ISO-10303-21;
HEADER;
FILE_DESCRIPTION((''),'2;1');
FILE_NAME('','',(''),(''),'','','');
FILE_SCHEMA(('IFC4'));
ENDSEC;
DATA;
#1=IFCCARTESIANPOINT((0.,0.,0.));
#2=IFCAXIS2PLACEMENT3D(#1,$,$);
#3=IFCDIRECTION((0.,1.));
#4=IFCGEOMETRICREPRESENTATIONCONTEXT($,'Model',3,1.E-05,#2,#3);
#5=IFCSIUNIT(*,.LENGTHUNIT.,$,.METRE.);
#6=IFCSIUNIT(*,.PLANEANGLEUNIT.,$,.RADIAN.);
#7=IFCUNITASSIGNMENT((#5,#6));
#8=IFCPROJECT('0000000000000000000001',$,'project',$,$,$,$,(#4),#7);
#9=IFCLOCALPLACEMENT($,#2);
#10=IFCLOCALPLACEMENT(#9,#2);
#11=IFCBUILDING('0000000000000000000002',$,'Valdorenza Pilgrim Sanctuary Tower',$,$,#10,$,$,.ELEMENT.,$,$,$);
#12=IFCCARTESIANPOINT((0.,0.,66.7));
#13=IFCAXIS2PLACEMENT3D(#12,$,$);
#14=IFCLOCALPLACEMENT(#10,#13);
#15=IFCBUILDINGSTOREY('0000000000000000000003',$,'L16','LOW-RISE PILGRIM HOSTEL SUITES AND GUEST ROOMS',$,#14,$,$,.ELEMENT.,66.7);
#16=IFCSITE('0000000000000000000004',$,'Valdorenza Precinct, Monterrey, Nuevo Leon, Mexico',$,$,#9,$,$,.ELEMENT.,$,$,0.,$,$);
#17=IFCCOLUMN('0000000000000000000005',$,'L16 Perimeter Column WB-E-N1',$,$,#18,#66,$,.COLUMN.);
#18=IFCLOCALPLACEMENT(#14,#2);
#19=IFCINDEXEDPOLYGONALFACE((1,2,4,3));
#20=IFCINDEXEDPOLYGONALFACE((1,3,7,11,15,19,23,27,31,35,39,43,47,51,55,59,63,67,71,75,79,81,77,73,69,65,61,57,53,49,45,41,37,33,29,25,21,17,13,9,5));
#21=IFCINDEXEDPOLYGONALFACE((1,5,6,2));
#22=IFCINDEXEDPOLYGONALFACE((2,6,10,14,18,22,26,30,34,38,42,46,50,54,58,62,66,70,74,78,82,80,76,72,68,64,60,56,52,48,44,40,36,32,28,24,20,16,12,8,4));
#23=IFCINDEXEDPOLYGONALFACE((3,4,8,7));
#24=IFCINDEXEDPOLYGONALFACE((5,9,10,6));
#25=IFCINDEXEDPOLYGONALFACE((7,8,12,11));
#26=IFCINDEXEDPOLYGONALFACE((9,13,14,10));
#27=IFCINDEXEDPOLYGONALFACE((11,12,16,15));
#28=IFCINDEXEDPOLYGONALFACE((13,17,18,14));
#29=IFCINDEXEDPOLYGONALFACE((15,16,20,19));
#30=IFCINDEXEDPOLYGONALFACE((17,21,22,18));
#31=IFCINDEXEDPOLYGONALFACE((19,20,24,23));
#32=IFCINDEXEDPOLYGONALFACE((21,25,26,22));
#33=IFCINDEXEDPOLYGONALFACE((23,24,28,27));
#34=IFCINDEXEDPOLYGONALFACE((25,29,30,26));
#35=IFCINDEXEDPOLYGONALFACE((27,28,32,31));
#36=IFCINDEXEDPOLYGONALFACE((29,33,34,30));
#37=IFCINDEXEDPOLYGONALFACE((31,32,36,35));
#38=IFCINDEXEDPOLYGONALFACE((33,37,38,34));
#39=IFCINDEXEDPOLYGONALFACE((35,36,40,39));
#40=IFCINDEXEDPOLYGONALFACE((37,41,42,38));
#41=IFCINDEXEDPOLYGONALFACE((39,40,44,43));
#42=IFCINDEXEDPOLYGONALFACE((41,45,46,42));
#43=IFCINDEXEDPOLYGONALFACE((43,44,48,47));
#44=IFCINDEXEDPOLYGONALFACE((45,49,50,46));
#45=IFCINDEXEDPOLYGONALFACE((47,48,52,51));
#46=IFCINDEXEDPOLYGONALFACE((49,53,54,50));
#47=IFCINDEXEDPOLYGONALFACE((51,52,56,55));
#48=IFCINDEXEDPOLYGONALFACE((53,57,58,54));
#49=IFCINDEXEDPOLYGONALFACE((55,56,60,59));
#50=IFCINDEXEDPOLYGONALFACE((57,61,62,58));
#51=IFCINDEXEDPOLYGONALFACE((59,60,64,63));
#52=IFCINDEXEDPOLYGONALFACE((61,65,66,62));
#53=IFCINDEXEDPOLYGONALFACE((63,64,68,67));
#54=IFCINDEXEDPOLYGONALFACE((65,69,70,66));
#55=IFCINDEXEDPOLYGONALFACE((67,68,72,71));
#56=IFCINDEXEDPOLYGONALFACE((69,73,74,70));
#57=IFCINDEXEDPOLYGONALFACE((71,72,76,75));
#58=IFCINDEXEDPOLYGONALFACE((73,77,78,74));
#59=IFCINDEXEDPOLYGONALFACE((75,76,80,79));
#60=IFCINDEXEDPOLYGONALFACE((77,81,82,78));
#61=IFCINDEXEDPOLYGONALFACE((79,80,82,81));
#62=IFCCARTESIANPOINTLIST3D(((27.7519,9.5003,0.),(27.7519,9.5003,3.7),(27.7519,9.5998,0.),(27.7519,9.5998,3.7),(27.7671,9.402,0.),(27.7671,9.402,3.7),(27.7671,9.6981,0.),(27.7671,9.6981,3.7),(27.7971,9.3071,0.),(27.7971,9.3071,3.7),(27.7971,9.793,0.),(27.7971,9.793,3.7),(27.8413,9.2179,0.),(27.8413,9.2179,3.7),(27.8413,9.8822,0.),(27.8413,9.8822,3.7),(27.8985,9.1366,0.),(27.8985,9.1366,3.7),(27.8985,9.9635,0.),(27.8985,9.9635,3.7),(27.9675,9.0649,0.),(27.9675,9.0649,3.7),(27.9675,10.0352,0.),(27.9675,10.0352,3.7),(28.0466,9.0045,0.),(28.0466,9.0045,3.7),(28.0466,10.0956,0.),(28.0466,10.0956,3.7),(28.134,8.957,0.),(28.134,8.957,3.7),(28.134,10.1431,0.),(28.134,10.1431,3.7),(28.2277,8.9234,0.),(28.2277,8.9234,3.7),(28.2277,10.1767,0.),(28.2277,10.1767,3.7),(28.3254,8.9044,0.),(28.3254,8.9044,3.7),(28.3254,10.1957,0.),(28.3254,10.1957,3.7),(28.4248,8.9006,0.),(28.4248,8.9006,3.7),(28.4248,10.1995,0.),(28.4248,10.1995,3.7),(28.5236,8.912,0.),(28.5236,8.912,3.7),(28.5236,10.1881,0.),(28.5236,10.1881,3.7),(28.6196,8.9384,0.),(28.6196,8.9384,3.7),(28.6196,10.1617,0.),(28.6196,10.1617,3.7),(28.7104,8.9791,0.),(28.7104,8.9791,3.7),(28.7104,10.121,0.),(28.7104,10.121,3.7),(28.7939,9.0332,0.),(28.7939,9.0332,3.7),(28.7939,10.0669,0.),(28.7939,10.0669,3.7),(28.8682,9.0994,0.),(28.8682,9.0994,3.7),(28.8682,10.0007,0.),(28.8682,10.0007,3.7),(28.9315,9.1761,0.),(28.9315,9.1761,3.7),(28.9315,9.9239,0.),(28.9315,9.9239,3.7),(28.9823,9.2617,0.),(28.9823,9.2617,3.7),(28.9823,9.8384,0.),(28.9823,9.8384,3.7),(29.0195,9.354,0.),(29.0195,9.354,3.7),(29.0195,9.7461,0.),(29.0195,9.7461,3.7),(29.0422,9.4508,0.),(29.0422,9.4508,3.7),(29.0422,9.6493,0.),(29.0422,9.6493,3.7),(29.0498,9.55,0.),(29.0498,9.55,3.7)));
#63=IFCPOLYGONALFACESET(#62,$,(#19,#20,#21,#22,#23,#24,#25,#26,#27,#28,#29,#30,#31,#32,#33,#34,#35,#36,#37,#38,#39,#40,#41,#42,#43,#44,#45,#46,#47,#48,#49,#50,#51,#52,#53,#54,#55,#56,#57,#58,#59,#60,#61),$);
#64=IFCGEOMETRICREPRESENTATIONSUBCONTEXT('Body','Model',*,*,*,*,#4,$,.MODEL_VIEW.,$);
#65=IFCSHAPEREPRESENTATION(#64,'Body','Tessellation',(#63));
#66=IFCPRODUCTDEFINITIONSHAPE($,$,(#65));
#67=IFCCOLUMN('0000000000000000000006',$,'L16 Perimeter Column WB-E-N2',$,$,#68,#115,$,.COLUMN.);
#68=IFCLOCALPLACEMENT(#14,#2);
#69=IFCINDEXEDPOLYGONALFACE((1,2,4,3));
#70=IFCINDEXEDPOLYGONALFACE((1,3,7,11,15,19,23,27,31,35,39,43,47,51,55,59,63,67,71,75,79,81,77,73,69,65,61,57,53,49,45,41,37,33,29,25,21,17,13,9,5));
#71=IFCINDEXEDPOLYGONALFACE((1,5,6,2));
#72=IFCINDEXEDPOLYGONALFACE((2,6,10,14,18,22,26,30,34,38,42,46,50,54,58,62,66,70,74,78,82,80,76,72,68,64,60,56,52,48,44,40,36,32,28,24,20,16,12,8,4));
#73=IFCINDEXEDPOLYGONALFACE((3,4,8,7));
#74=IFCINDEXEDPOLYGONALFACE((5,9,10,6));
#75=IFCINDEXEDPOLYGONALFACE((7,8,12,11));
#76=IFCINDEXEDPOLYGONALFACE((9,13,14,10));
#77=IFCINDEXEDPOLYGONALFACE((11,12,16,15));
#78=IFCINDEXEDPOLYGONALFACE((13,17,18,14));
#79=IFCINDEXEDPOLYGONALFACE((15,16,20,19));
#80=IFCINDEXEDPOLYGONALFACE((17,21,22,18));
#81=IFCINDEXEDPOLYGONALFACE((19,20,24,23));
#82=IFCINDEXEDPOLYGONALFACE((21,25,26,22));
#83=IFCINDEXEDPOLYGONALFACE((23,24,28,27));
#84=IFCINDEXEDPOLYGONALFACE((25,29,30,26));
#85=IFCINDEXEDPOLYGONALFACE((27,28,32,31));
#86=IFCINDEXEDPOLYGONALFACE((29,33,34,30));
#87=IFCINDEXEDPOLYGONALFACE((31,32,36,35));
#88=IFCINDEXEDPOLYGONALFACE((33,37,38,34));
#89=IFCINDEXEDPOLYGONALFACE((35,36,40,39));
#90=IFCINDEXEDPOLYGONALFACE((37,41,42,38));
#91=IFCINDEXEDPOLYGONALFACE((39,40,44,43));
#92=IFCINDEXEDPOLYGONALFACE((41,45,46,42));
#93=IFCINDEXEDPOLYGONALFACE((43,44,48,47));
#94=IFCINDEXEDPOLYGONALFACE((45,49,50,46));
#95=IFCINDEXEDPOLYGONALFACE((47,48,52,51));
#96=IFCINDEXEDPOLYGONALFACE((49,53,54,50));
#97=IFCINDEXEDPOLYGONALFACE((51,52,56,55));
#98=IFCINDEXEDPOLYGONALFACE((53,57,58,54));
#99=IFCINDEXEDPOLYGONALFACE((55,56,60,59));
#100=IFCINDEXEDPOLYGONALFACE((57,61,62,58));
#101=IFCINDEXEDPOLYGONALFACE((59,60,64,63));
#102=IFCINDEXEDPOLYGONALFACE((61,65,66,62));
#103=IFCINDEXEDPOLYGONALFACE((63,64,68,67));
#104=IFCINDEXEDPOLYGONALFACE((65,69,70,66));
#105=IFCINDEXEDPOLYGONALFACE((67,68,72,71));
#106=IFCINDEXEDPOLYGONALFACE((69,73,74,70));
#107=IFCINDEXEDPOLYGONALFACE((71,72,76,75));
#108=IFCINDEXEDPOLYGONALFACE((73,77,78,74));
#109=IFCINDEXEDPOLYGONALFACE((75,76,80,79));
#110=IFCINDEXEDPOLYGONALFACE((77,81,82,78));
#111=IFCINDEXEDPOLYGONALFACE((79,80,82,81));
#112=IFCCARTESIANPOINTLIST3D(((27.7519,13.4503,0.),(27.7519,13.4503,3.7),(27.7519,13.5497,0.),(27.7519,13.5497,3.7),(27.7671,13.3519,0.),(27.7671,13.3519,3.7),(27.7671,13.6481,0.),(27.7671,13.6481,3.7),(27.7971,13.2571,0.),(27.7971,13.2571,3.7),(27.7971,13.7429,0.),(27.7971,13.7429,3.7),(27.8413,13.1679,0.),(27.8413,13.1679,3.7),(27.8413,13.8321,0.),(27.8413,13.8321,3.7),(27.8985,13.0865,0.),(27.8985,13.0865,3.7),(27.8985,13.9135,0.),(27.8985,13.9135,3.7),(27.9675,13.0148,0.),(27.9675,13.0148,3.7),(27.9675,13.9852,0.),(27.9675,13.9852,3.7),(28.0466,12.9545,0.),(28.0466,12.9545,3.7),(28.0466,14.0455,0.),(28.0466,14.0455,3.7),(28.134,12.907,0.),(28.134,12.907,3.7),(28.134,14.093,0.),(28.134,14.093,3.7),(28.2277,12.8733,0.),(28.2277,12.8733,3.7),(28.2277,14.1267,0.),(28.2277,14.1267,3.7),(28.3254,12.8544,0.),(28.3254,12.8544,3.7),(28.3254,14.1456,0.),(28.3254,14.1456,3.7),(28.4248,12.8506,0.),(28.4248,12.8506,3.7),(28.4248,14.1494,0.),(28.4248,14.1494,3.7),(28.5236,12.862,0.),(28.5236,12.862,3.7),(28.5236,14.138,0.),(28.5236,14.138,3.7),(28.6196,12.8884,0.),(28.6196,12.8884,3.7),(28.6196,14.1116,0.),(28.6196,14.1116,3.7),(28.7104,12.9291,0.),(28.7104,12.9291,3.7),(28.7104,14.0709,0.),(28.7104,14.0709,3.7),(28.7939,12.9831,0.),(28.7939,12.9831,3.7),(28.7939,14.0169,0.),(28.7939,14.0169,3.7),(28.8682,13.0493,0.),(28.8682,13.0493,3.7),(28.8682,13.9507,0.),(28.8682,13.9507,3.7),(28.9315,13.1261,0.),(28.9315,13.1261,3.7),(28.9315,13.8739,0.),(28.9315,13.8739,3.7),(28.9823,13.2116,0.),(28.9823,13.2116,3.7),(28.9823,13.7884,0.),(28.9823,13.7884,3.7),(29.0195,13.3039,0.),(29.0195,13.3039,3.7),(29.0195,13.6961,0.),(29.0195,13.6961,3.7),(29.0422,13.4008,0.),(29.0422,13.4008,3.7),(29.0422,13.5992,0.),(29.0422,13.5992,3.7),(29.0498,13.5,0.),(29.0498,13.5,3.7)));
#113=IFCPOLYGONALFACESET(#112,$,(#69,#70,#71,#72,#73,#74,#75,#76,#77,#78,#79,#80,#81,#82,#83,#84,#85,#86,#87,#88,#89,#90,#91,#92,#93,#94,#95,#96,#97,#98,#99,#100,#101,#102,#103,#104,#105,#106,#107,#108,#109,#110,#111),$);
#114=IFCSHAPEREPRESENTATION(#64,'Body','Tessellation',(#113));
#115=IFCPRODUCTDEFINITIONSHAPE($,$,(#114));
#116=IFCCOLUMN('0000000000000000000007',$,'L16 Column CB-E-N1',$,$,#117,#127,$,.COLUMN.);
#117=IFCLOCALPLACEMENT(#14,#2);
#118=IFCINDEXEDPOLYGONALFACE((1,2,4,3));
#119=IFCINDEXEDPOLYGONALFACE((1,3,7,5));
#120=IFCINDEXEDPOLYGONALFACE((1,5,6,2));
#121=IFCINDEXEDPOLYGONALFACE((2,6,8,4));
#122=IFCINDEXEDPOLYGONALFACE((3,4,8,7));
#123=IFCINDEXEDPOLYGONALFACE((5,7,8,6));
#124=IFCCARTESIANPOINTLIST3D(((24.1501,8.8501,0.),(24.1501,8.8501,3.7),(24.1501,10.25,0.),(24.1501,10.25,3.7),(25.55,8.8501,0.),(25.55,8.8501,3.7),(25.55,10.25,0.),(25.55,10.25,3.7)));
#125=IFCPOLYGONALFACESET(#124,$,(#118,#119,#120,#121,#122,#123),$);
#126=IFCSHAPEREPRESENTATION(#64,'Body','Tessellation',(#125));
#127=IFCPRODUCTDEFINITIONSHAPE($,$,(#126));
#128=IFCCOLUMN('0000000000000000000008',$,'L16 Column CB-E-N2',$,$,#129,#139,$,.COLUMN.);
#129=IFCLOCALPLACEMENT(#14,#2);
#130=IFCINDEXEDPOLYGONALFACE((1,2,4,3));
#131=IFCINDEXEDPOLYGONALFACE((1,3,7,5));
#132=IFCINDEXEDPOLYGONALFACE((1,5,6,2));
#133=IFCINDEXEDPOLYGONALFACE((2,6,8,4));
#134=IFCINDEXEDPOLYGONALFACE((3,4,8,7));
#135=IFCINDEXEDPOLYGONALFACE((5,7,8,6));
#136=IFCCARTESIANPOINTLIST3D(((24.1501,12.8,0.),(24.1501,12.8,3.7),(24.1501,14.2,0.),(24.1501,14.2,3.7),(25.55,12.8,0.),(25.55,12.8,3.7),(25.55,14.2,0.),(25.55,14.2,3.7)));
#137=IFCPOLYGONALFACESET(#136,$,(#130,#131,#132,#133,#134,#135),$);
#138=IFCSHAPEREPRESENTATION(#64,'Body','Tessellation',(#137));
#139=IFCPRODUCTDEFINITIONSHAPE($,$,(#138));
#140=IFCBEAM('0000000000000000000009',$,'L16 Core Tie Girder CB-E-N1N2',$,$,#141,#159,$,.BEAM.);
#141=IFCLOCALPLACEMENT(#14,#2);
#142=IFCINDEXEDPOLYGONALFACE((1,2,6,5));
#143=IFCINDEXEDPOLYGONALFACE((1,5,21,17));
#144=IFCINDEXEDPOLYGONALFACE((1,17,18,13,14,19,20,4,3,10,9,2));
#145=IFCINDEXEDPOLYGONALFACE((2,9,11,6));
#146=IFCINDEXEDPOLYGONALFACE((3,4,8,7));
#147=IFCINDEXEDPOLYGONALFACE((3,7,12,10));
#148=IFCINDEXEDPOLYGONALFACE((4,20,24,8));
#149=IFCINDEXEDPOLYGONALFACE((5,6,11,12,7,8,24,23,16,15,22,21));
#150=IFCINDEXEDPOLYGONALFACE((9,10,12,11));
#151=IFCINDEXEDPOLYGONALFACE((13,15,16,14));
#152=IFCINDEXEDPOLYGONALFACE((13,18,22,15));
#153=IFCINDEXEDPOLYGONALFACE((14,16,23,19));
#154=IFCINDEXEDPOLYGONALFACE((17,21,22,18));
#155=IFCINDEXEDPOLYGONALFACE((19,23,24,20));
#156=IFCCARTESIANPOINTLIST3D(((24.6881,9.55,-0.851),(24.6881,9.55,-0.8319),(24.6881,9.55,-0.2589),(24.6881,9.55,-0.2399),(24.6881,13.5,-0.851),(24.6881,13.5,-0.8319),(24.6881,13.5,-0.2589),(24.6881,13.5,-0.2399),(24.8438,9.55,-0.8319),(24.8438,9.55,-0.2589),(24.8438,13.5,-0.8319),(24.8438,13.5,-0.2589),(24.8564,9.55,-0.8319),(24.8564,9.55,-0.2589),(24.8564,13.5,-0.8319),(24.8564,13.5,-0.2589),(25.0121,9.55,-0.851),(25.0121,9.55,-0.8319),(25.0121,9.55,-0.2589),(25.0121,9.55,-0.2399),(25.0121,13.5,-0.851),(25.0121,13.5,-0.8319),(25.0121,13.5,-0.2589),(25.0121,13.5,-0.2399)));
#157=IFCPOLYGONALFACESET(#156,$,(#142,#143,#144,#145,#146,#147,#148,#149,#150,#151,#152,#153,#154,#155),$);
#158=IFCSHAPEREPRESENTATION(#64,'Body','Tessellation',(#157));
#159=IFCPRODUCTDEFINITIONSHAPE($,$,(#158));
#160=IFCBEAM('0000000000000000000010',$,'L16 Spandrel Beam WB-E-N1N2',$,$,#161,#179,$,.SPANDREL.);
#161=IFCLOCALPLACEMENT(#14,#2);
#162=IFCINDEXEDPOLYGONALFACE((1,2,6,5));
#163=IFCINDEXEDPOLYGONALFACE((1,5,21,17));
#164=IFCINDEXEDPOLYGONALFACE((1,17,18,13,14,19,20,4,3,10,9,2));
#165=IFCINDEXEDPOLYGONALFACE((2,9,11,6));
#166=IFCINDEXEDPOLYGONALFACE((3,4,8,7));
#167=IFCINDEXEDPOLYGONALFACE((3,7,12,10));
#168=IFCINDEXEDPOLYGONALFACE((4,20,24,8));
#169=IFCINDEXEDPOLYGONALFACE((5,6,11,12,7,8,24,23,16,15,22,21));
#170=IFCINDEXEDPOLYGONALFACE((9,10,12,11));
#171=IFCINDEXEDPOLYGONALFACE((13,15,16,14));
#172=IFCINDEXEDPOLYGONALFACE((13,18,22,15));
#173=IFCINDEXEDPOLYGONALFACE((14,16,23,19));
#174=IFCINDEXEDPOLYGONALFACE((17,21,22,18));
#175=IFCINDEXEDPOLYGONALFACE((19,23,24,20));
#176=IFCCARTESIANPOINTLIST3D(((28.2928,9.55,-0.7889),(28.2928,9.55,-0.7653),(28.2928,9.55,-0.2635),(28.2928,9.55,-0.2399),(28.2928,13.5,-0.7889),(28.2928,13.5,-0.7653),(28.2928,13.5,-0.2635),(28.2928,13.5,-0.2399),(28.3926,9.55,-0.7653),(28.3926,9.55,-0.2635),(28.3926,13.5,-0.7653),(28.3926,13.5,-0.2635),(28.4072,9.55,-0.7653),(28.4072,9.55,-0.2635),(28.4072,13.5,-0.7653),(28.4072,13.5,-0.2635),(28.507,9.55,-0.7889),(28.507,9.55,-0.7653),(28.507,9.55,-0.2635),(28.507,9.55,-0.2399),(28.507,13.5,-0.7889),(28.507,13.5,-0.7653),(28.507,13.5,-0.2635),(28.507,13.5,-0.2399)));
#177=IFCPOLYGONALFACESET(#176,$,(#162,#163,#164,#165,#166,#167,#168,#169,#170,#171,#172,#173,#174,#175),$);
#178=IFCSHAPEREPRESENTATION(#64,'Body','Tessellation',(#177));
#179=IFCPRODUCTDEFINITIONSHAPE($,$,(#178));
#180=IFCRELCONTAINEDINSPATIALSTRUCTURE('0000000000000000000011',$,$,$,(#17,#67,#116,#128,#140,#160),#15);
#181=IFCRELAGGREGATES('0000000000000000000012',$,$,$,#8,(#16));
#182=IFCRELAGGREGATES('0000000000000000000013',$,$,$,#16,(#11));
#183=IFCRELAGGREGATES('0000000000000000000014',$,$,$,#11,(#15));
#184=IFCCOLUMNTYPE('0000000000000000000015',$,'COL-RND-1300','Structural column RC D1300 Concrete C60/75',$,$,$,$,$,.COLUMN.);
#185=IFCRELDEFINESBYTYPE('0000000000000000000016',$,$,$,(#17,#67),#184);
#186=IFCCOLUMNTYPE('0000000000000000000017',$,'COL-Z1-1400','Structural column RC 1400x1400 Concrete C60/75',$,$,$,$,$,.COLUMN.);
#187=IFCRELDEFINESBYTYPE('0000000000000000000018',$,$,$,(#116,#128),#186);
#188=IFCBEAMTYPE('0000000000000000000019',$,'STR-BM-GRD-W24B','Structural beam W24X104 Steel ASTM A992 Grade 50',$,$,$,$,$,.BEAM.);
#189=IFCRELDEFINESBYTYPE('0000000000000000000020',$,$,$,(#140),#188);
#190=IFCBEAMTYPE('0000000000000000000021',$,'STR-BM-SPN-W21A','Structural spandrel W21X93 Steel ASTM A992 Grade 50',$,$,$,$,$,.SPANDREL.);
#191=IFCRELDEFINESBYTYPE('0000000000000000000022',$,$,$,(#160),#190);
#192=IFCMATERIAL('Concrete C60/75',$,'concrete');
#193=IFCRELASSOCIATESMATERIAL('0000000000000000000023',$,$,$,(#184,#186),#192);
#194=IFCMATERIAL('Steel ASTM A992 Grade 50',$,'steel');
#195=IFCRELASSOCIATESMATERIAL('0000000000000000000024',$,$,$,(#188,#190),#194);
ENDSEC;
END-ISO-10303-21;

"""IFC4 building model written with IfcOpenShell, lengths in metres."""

from ifc_helpers import new_model, si_unit, direction, frame, origin, origin_2d, place, context, subcontext, project, spatial, rectangle, circle, i_section, extrude, source, transform, mapped, material, material_profile, profile_set, type_object, element, save


model = new_model("IFC4")

# Units and contexts
model_context = context("Model", 3, precision=1e-05, world=origin(), true_north=direction((0.0, 1.0)))
body_context = subcontext(model_context, "Body", "Model", "MODEL_VIEW")
ifc_project = project(units=[si_unit("LENGTHUNIT", "METRE"), si_unit("PLANEANGLEUNIT", "RADIAN")], contexts=[model_context])

# Site, building, storey
site_placement = place(None, origin())
site = spatial("IfcSite", under=ifc_project, at=site_placement, Name="Valdorenza Precinct, Monterrey, Nuevo Leon, Mexico", CompositionType="ELEMENT", RefElevation=0.0)
building_placement = place(site_placement, origin())
building = spatial("IfcBuilding", under=site, at=building_placement, Name="Valdorenza Pilgrim Sanctuary Tower", CompositionType="ELEMENT")
storey_placement = place(building_placement, frame((0.0, 0.0, 66.7)))
storey = spatial("IfcBuildingStorey", under=building, at=storey_placement, Name="L16", Description="LOW-RISE PILGRIM HOSTEL SUITES AND GUEST ROOMS", CompositionType="ELEMENT", Elevation=66.7)

# Columns
ifc_material_1 = material(Name="Concrete C60/75", Category="concrete")
ifc_material_profile_1 = material_profile(ifc_material_1, circle(Radius=0.6499, at=origin_2d()), Name="RC D1300")
ifc_profile_set_1 = profile_set([ifc_material_profile_1], Name="Concrete C60/75")
column_type_1 = type_object("IfcColumnType", Name="COL-RND-1300", Description="Structural column RC D1300 Concrete C60/75", PredefinedType="COLUMN", material=ifc_profile_set_1)
shared_shape_1 = source(origin(), body_context, "Body", "SweptSolid", [
    extrude(circle(Radius=0.6499, at=origin_2d()), origin(), (0.0, 0.0, 1.0), 3.7),
])
for number, where, z_axis, x_axis, name in (
    (1, (28.3999, 9.55, 0.0), (0.0, 0.0, 1.0), (1.0, 0.0, 0.0), "L16 Perimeter Column WB-E-N1"),
    (2, (28.3999, 13.5, 0.0), (0.0, 0.0, 1.0), (1.0, 0.0, 0.0), "L16 Perimeter Column WB-E-N2"),
):
    element("IfcColumn", number, at=place(storey_placement, frame(where, z_axis=z_axis, x_axis=x_axis)), inside=storey, type_object=column_type_1, Name=name, PredefinedType="COLUMN", context=body_context, shape_type="MappedRepresentation", body=[
        mapped(shared_shape_1, transform((0.0, 0.0, 0.0), x_axis=(1.0, 0.0, 0.0), y_axis=(0.0, 1.0, 0.0), z_axis=(0.0, 0.0, 1.0), scale=1.0)),
    ])
ifc_material_profile_2 = material_profile(ifc_material_1, rectangle(XDim=1.3999, YDim=1.3999, at=origin_2d()), Name="RC 1400x1400")
ifc_profile_set_2 = profile_set([ifc_material_profile_2], Name="Concrete C60/75")
column_type_2 = type_object("IfcColumnType", Name="COL-Z1-1400", Description="Structural column RC 1400x1400 Concrete C60/75", PredefinedType="COLUMN", material=ifc_profile_set_2)
shared_shape_2 = source(origin(), body_context, "Body", "SweptSolid", [
    extrude(rectangle(XDim=1.3999, YDim=1.3999, at=origin_2d()), origin(), (0.0, 0.0, 1.0), 3.7),
])
for number, where, z_axis, x_axis, name in (
    (3, (24.8501, 9.55, 0.0), (0.0, 0.0, 1.0), (1.0, 0.0, 0.0), "L16 Column CB-E-N1"),
    (4, (24.8501, 13.5, 0.0), (0.0, 0.0, 1.0), (1.0, 0.0, 0.0), "L16 Column CB-E-N2"),
):
    element("IfcColumn", number, at=place(storey_placement, frame(where, z_axis=z_axis, x_axis=x_axis)), inside=storey, type_object=column_type_2, Name=name, PredefinedType="COLUMN", context=body_context, shape_type="MappedRepresentation", body=[
        mapped(shared_shape_2, transform((0.0, 0.0, 0.0), x_axis=(1.0, 0.0, 0.0), y_axis=(0.0, 1.0, 0.0), z_axis=(0.0, 0.0, 1.0), scale=1.0)),
    ])

# Beams
ifc_material_2 = material(Name="Steel ASTM A992 Grade 50", Category="steel")
ifc_material_profile_3 = material_profile(ifc_material_2, i_section(OverallWidth=0.324, OverallDepth=0.6111, WebThickness=0.0127, FlangeThickness=0.019, at=origin_2d()), Name="W24X104")
ifc_profile_set_3 = profile_set([ifc_material_profile_3], Name="Steel ASTM A992 Grade 50")
beam_type_1 = type_object("IfcBeamType", Name="STR-BM-GRD-W24B", Description="Structural beam W24X104 Steel ASTM A992 Grade 50", PredefinedType="BEAM", material=ifc_profile_set_3)
shared_shape_3 = source(origin(), body_context, "Body", "SweptSolid", [
    extrude(i_section(OverallWidth=0.324, OverallDepth=0.6111, WebThickness=0.0127, FlangeThickness=0.019, at=origin_2d()), origin(), (0.0, 0.0, 1.0), 3.95),
])
beam_1_placement = place(storey_placement, frame((24.8501, 9.55, -0.5454), z_axis=(0.0, 1.0, 0.0), x_axis=(-1.0, 0.0, 0.0)))
element("IfcBeam", 5, at=beam_1_placement, inside=storey, type_object=beam_type_1, Name="L16 Core Tie Girder CB-E-N1N2", PredefinedType="BEAM", context=body_context, shape_type="MappedRepresentation", body=[
    mapped(shared_shape_3, transform((0.0, 0.0, 0.0), x_axis=(1.0, 0.0, 0.0), y_axis=(0.0, 1.0, 0.0), z_axis=(0.0, 0.0, 1.0), scale=1.0)),
])
ifc_material_profile_4 = material_profile(ifc_material_2, i_section(OverallWidth=0.2141, OverallDepth=0.5491, WebThickness=0.0146, FlangeThickness=0.0237, at=origin_2d()), Name="W21X93")
ifc_profile_set_4 = profile_set([ifc_material_profile_4], Name="Steel ASTM A992 Grade 50")
beam_type_2 = type_object("IfcBeamType", Name="STR-BM-SPN-W21A", Description="Structural spandrel W21X93 Steel ASTM A992 Grade 50", PredefinedType="SPANDREL", material=ifc_profile_set_4)
shared_shape_4 = source(origin(), body_context, "Body", "SweptSolid", [
    extrude(i_section(OverallWidth=0.2141, OverallDepth=0.5491, WebThickness=0.0146, FlangeThickness=0.0237, at=origin_2d()), origin(), (0.0, 0.0, 1.0), 3.95),
])
beam_2_placement = place(storey_placement, frame((28.3999, 9.55, -0.5144), z_axis=(0.0, 1.0, 0.0), x_axis=(-1.0, 0.0, 0.0)))
element("IfcBeam", 6, at=beam_2_placement, inside=storey, type_object=beam_type_2, Name="L16 Spandrel Beam WB-E-N1N2", PredefinedType="SPANDREL", context=body_context, shape_type="MappedRepresentation", body=[
    mapped(shared_shape_4, transform((0.0, 0.0, 0.0), x_axis=(1.0, 0.0, 0.0), y_axis=(0.0, 1.0, 0.0), z_axis=(0.0, 0.0, 1.0), scale=1.0)),
])

save(model, "model.ifc")
